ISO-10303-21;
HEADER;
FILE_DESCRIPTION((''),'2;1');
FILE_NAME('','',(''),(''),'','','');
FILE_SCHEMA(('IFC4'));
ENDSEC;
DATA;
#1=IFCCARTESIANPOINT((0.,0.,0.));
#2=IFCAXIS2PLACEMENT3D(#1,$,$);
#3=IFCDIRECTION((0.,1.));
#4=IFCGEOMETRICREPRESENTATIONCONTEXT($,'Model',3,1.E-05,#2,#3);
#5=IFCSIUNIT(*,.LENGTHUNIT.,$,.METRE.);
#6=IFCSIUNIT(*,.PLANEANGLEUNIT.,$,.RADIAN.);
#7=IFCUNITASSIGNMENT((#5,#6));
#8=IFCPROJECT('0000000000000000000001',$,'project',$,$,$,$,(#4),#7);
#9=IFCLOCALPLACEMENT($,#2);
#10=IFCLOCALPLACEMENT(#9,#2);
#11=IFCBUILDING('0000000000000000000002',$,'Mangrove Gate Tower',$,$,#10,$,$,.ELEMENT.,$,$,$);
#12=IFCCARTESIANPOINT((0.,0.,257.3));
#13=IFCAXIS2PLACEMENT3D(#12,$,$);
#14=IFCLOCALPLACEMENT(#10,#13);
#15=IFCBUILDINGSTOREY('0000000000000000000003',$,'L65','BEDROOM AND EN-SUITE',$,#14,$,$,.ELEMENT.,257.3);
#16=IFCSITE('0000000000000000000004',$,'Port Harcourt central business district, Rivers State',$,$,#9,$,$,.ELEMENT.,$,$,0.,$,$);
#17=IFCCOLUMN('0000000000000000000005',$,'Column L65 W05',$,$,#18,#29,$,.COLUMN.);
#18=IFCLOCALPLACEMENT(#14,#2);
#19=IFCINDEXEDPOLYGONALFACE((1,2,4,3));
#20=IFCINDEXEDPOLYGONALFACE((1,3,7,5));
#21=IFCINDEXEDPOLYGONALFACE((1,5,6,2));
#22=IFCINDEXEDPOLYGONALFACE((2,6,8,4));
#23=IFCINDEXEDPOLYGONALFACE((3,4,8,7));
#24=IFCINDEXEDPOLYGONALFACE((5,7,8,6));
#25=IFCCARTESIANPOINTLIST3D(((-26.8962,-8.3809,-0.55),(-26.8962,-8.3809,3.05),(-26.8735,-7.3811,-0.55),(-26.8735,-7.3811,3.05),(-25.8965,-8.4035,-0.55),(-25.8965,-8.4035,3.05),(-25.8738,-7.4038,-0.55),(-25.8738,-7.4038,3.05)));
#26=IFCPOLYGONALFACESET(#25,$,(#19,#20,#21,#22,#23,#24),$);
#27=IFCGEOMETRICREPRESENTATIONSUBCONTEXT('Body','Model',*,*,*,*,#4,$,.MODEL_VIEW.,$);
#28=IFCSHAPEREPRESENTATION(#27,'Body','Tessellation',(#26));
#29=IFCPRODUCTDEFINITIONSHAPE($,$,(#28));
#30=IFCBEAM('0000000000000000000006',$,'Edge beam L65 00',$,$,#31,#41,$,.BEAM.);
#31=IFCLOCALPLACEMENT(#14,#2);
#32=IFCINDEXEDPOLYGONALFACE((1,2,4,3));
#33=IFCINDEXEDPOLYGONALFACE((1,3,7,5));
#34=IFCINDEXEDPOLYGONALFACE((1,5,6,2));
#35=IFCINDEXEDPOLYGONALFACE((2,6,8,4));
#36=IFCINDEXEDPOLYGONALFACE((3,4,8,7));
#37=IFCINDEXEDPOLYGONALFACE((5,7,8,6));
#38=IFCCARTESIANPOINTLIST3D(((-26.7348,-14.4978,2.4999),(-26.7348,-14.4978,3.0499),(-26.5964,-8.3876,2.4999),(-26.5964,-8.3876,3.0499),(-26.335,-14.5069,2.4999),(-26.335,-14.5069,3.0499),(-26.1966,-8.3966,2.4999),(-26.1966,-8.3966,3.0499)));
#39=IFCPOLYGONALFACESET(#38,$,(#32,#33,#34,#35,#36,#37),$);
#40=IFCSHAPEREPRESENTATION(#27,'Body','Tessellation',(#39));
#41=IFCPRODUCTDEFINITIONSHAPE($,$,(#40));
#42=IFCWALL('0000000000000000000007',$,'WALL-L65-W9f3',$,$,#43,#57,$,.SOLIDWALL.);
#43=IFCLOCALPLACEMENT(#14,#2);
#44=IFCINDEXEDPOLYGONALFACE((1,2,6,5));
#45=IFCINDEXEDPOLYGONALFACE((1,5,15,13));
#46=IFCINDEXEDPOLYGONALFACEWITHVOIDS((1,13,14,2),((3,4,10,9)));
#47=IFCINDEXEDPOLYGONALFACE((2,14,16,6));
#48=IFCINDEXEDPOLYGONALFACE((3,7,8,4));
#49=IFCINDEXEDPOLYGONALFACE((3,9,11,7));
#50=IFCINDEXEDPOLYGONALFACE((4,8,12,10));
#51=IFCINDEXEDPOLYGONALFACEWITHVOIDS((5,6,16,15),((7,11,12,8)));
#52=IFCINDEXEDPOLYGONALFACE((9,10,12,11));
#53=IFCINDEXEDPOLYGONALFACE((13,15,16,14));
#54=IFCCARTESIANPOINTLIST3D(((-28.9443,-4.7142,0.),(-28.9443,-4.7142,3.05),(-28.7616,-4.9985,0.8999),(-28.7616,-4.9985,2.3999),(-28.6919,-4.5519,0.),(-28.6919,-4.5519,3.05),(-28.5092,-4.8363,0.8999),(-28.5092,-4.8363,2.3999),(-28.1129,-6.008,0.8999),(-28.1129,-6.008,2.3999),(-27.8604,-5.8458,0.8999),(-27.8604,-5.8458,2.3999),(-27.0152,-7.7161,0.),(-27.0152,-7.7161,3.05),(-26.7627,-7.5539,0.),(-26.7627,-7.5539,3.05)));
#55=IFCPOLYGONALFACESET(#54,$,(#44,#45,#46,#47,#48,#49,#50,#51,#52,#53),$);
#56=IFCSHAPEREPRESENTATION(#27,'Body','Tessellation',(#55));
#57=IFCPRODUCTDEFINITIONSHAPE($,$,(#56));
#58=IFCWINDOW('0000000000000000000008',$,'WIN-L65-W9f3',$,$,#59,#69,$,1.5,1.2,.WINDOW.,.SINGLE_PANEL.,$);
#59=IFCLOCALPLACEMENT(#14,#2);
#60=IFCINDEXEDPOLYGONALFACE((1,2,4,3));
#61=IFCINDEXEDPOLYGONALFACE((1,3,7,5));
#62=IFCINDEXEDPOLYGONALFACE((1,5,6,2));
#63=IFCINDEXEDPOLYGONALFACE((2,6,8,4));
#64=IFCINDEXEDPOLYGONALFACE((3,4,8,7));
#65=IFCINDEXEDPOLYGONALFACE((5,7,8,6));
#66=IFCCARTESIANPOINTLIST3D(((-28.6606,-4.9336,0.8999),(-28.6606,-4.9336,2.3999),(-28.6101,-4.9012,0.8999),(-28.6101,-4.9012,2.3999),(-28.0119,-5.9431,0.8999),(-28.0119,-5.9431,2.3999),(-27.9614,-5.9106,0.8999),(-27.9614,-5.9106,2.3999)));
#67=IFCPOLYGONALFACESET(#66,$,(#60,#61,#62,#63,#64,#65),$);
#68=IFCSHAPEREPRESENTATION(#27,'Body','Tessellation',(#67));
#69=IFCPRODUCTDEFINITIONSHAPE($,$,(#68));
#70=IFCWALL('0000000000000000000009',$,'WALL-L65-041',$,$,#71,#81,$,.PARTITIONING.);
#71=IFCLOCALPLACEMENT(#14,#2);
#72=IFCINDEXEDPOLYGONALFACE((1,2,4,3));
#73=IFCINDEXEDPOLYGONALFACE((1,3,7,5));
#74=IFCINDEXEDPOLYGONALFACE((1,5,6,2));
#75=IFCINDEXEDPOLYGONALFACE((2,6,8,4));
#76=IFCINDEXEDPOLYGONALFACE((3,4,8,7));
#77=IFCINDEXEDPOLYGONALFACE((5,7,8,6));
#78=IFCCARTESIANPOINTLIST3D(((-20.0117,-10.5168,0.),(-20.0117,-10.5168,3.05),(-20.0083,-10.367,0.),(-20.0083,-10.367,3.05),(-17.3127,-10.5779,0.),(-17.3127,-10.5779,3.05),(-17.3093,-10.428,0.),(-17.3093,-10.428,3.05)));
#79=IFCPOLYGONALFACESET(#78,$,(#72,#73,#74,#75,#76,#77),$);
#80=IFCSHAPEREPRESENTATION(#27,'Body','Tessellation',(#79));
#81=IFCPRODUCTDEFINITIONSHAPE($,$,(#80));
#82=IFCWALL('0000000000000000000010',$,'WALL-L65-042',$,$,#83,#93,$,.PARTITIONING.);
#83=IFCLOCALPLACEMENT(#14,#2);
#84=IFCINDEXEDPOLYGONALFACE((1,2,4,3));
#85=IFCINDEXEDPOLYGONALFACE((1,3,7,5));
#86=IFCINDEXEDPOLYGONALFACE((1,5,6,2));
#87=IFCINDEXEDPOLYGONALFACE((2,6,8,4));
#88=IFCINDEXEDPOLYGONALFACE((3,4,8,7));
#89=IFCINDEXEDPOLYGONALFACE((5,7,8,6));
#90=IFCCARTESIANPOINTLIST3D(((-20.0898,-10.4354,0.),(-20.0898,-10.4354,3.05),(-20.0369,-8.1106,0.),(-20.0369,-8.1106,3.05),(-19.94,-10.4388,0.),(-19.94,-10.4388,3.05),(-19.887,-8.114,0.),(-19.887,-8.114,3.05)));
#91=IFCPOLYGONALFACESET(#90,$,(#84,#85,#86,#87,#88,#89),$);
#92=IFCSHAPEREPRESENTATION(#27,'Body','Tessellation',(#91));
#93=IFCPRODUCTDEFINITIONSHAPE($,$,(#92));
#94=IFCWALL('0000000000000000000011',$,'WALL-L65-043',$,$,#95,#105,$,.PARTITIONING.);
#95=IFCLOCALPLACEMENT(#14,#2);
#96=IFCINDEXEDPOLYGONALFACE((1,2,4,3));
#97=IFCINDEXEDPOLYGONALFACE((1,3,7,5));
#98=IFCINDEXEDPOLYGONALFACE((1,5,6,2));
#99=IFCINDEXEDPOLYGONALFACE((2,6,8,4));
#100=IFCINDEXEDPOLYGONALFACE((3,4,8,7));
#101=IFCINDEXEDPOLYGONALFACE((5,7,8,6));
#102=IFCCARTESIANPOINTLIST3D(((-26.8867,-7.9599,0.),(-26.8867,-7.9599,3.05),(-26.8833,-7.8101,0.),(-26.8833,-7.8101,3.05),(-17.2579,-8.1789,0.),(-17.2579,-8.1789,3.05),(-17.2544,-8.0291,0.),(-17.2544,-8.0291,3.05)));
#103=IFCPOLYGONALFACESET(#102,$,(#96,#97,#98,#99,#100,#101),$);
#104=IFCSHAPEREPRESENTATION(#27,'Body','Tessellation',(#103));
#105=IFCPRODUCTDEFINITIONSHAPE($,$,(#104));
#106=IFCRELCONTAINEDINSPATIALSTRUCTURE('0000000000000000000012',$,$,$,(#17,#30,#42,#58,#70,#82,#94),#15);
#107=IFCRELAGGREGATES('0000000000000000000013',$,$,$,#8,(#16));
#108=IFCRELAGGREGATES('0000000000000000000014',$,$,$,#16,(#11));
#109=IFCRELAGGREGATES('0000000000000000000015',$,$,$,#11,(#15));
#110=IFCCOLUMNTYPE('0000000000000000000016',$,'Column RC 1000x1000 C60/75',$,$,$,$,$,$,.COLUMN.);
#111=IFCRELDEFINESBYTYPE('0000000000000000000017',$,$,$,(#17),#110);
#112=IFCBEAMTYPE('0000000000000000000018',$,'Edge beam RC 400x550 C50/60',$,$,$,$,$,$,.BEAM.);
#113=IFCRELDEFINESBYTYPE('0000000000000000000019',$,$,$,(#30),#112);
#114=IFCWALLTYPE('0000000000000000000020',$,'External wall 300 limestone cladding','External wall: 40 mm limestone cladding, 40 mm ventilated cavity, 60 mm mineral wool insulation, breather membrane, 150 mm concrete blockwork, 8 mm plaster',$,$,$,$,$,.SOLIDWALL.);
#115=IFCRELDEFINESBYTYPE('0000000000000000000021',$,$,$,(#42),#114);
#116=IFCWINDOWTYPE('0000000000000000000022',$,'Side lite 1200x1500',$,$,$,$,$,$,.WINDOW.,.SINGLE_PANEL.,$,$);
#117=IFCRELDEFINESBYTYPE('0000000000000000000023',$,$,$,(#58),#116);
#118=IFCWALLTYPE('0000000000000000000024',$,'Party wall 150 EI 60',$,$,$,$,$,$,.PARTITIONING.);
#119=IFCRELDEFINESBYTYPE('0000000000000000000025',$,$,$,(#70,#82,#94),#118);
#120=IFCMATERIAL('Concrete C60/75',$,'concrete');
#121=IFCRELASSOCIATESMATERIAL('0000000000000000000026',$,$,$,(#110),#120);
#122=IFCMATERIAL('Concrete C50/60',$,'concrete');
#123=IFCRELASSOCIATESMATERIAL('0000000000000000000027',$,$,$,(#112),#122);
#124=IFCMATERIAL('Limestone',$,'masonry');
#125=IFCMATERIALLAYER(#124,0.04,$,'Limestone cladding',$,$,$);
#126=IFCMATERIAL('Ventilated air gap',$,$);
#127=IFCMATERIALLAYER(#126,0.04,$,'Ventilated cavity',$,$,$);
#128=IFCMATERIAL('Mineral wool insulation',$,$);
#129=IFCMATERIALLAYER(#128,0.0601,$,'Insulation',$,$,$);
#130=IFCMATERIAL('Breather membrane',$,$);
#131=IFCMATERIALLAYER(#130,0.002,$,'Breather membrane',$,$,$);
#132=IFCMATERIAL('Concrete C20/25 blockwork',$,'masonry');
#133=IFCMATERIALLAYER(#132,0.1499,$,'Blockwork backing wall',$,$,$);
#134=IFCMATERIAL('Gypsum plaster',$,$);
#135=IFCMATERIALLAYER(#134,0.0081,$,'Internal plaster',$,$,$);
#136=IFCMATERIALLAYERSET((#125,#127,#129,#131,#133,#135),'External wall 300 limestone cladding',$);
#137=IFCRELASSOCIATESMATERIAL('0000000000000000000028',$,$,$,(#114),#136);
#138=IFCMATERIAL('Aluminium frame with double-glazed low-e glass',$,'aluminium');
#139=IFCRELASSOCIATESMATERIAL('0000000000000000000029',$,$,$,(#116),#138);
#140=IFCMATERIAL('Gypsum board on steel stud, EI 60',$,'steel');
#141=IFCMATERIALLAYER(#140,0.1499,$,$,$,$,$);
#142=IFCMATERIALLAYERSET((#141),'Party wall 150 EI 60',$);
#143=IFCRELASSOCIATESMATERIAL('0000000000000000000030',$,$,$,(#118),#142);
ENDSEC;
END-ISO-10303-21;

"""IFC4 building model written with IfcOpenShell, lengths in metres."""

from ifc_helpers import new_model, si_unit, direction, frame, frame_2d, origin, origin_2d, place, context, subcontext, project, spatial, rectangle, extrude, material, layer, layer_set, material_profile, profile_set, type_object, element, fill, save


model = new_model("IFC4")

# Units and contexts
model_context = context("Model", 3, precision=1e-05, world=origin(), true_north=direction((0.0, 1.0)))
body_context = subcontext(model_context, "Body", "Model", "MODEL_VIEW")
ifc_project = project(units=[si_unit("LENGTHUNIT", "METRE"), si_unit("PLANEANGLEUNIT", "RADIAN")], contexts=[model_context])

# Site, building, storey
site_placement = place(None, origin())
site = spatial("IfcSite", under=ifc_project, at=site_placement, Name="Port Harcourt central business district, Rivers State", CompositionType="ELEMENT", RefElevation=0.0)
building_placement = place(site_placement, origin())
building = spatial("IfcBuilding", under=site, at=building_placement, Name="Mangrove Gate Tower", CompositionType="ELEMENT")
storey_placement = place(building_placement, frame((0.0, 0.0, 257.3)))
storey = spatial("IfcBuildingStorey", under=building, at=storey_placement, Name="L65", Description="BEDROOM AND EN-SUITE", CompositionType="ELEMENT", Elevation=257.3)

# Column
ifc_material_1 = material(Name="Concrete C60/75", Category="concrete")
ifc_material_profile_1 = material_profile(ifc_material_1, rectangle(XDim=1.0, YDim=1.0, at=origin_2d()))
ifc_profile_set_1 = profile_set([ifc_material_profile_1], Name="Concrete C60/75")
column_type = type_object("IfcColumnType", Name="Column RC 1000x1000 C60/75", PredefinedType="COLUMN", material=ifc_profile_set_1)
column_placement = place(storey_placement, frame((-26.385, -7.8923, -0.55), z_axis=(0.0, 0.0, 1.0), x_axis=(-0.022672, -0.999743, 0.0)))
element("IfcColumn", 1, at=column_placement, inside=storey, type_object=column_type, Name="Column L65 W05", PredefinedType="COLUMN", context=body_context, shape_type="SweptSolid", body=[
    extrude(rectangle(XDim=1.0, YDim=1.0, at=origin_2d()), origin(), (0.0, 0.0, 1.0), 3.6001),
])

# Beam
ifc_material_2 = material(Name="Concrete C50/60", Category="concrete")
ifc_material_profile_2 = material_profile(ifc_material_2, rectangle(XDim=0.3999, YDim=0.55, at=origin_2d()))
ifc_profile_set_2 = profile_set([ifc_material_profile_2], Name="Concrete C50/60")
beam_type = type_object("IfcBeamType", Name="Edge beam RC 400x550 C50/60", PredefinedType="BEAM", material=ifc_profile_set_2)
beam_placement = place(storey_placement, frame((-26.3965, -8.3921, 2.7749), z_axis=(-0.022649, -0.999743, 0.0), x_axis=(0.999743, -0.022649, 0.0)))
element("IfcBeam", 2, at=beam_placement, inside=storey, type_object=beam_type, Name="Edge beam L65 00", PredefinedType="BEAM", context=body_context, shape_type="SweptSolid", body=[
    extrude(rectangle(XDim=0.3999, YDim=0.55, at=origin_2d()), origin(), (0.0, 0.0, 1.0), 6.1118),
])

# Wall, opening, window
ifc_material_3 = material(Name="Limestone", Category="masonry")
ifc_layer_1 = layer(ifc_material_3, 0.04, Name="Limestone cladding")
ifc_material_4 = material(Name="Ventilated air gap")
ifc_layer_2 = layer(ifc_material_4, 0.04, Name="Ventilated cavity")
ifc_material_5 = material(Name="Mineral wool insulation")
ifc_layer_3 = layer(ifc_material_5, 0.0601, Name="Insulation")
ifc_material_6 = material(Name="Breather membrane")
ifc_layer_4 = layer(ifc_material_6, 0.002, Name="Breather membrane")
ifc_material_7 = material(Name="Concrete C20/25 blockwork", Category="masonry")
ifc_layer_5 = layer(ifc_material_7, 0.1499, Name="Blockwork backing wall")
ifc_material_8 = material(Name="Gypsum plaster")
ifc_layer_6 = layer(ifc_material_8, 0.0081, Name="Internal plaster")
ifc_layer_set_1 = layer_set([ifc_layer_1, ifc_layer_2, ifc_layer_3, ifc_layer_4, ifc_layer_5, ifc_layer_6], Name="External wall 300 limestone cladding")
wall_type_1 = type_object("IfcWallType", Name="External wall 300 limestone cladding", Description="External wall: 40 mm limestone cladding, 40 mm ventilated cavity, 60 mm mineral wool insulation, breather membrane, 150 mm concrete blockwork, 8 mm plaster", PredefinedType="SOLIDWALL", material=ifc_layer_set_1)
wall_1_placement = place(storey_placement, frame((-28.8181, -4.6331, 0.0), z_axis=(0.0, 0.0, 1.0), x_axis=(0.540633, -0.841258, 0.0)))
wall_1 = element("IfcWall", 3, at=wall_1_placement, inside=storey, type_object=wall_type_1, Name="WALL-L65-W9f3", PredefinedType="SOLIDWALL", context=body_context, shape_type="SweptSolid", body=[
    extrude(rectangle(XDim=3.5684, YDim=0.3, at=frame_2d((1.7842, 0.0))), origin(), (0.0, 0.0, 1.0), 3.05),
])
opening_1_placement = place(wall_1_placement, frame((0.3379, 0.0, 0.8999)))
opening_1 = element("IfcOpeningElement", 4, at=opening_1_placement, cuts=wall_1, PredefinedType="OPENING", context=body_context, shape_type="SweptSolid", body=[
    extrude(rectangle(XDim=1.2, YDim=1.5, at=frame_2d((0.6001, 0.75))), frame((0.0, 0.1599, 0.0), z_axis=(0.0, -1.0, 0.0), x_axis=(1.0, 0.0, 0.0)), (0.0, 0.0, 1.0), 0.3201),
])
ifc_material_9 = material(Name="Aluminium frame with double-glazed low-e glass", Category="aluminium")
window_type_1 = type_object("IfcWindowType", Name="Side lite 1200x1500", PartitioningType="SINGLE_PANEL", PredefinedType="WINDOW", material=ifc_material_9)
window_1_placement = place(opening_1_placement, origin())
window_1 = element("IfcWindow", 5, at=window_1_placement, inside=storey, type_object=window_type_1, Name="WIN-L65-W9f3", OverallHeight=1.5, OverallWidth=1.2, PartitioningType="SINGLE_PANEL", PredefinedType="WINDOW", context=body_context, shape_type="SweptSolid", body=[
    extrude(rectangle(XDim=1.2, YDim=1.5, at=frame_2d((0.6001, 0.75))), frame((0.0, 0.03, 0.0), z_axis=(0.0, -1.0, 0.0), x_axis=(1.0, 0.0, 0.0)), (0.0, 0.0, 1.0), 0.0601),
])
fill(opening_1, window_1)

# Walls
ifc_material_10 = material(Name="Gypsum board on steel stud, EI 60", Category="steel")
ifc_layer_7 = layer(ifc_material_10, 0.1499)
ifc_layer_set_2 = layer_set([ifc_layer_7], Name="Party wall 150 EI 60")
wall_type_2 = type_object("IfcWallType", Name="Party wall 150 EI 60", PredefinedType="PARTITIONING", material=ifc_layer_set_2)
wall_2_placement = place(storey_placement, frame((-20.01, -10.4419, 0.0), z_axis=(0.0, 0.0, 1.0), x_axis=(0.999744, -0.022608, 0.0)))
element("IfcWall", 6, at=wall_2_placement, inside=storey, type_object=wall_type_2, Name="WALL-L65-041", PredefinedType="PARTITIONING", context=body_context, shape_type="SweptSolid", body=[
    extrude(rectangle(XDim=2.6997, YDim=0.1499, at=frame_2d((1.3499, 0.0))), origin(), (0.0, 0.0, 1.0), 3.05),
])
wall_3_placement = place(storey_placement, frame((-20.0149, -10.437, 0.0), z_axis=(0.0, 0.0, 1.0), x_axis=(0.022781, 0.99974, 0.0)))
element("IfcWall", 7, at=wall_3_placement, inside=storey, type_object=wall_type_2, Name="WALL-L65-042", PredefinedType="PARTITIONING", context=body_context, shape_type="SweptSolid", body=[
    extrude(rectangle(XDim=2.3254, YDim=0.1499, at=frame_2d((1.1626, 0.0))), origin(), (0.0, 0.0, 1.0), 3.05),
])
wall_4_placement = place(storey_placement, frame((-26.885, -7.885, 0.0), z_axis=(0.0, 0.0, 1.0), x_axis=(0.999741, -0.022738, 0.0)))
element("IfcWall", 8, at=wall_4_placement, inside=storey, type_object=wall_type_2, Name="WALL-L65-043", PredefinedType="PARTITIONING", context=body_context, shape_type="SweptSolid", body=[
    extrude(rectangle(XDim=9.6313, YDim=0.1499, at=frame_2d((4.8157, 0.0))), origin(), (0.0, 0.0, 1.0), 3.05),
])

save(model, "model.ifc")
